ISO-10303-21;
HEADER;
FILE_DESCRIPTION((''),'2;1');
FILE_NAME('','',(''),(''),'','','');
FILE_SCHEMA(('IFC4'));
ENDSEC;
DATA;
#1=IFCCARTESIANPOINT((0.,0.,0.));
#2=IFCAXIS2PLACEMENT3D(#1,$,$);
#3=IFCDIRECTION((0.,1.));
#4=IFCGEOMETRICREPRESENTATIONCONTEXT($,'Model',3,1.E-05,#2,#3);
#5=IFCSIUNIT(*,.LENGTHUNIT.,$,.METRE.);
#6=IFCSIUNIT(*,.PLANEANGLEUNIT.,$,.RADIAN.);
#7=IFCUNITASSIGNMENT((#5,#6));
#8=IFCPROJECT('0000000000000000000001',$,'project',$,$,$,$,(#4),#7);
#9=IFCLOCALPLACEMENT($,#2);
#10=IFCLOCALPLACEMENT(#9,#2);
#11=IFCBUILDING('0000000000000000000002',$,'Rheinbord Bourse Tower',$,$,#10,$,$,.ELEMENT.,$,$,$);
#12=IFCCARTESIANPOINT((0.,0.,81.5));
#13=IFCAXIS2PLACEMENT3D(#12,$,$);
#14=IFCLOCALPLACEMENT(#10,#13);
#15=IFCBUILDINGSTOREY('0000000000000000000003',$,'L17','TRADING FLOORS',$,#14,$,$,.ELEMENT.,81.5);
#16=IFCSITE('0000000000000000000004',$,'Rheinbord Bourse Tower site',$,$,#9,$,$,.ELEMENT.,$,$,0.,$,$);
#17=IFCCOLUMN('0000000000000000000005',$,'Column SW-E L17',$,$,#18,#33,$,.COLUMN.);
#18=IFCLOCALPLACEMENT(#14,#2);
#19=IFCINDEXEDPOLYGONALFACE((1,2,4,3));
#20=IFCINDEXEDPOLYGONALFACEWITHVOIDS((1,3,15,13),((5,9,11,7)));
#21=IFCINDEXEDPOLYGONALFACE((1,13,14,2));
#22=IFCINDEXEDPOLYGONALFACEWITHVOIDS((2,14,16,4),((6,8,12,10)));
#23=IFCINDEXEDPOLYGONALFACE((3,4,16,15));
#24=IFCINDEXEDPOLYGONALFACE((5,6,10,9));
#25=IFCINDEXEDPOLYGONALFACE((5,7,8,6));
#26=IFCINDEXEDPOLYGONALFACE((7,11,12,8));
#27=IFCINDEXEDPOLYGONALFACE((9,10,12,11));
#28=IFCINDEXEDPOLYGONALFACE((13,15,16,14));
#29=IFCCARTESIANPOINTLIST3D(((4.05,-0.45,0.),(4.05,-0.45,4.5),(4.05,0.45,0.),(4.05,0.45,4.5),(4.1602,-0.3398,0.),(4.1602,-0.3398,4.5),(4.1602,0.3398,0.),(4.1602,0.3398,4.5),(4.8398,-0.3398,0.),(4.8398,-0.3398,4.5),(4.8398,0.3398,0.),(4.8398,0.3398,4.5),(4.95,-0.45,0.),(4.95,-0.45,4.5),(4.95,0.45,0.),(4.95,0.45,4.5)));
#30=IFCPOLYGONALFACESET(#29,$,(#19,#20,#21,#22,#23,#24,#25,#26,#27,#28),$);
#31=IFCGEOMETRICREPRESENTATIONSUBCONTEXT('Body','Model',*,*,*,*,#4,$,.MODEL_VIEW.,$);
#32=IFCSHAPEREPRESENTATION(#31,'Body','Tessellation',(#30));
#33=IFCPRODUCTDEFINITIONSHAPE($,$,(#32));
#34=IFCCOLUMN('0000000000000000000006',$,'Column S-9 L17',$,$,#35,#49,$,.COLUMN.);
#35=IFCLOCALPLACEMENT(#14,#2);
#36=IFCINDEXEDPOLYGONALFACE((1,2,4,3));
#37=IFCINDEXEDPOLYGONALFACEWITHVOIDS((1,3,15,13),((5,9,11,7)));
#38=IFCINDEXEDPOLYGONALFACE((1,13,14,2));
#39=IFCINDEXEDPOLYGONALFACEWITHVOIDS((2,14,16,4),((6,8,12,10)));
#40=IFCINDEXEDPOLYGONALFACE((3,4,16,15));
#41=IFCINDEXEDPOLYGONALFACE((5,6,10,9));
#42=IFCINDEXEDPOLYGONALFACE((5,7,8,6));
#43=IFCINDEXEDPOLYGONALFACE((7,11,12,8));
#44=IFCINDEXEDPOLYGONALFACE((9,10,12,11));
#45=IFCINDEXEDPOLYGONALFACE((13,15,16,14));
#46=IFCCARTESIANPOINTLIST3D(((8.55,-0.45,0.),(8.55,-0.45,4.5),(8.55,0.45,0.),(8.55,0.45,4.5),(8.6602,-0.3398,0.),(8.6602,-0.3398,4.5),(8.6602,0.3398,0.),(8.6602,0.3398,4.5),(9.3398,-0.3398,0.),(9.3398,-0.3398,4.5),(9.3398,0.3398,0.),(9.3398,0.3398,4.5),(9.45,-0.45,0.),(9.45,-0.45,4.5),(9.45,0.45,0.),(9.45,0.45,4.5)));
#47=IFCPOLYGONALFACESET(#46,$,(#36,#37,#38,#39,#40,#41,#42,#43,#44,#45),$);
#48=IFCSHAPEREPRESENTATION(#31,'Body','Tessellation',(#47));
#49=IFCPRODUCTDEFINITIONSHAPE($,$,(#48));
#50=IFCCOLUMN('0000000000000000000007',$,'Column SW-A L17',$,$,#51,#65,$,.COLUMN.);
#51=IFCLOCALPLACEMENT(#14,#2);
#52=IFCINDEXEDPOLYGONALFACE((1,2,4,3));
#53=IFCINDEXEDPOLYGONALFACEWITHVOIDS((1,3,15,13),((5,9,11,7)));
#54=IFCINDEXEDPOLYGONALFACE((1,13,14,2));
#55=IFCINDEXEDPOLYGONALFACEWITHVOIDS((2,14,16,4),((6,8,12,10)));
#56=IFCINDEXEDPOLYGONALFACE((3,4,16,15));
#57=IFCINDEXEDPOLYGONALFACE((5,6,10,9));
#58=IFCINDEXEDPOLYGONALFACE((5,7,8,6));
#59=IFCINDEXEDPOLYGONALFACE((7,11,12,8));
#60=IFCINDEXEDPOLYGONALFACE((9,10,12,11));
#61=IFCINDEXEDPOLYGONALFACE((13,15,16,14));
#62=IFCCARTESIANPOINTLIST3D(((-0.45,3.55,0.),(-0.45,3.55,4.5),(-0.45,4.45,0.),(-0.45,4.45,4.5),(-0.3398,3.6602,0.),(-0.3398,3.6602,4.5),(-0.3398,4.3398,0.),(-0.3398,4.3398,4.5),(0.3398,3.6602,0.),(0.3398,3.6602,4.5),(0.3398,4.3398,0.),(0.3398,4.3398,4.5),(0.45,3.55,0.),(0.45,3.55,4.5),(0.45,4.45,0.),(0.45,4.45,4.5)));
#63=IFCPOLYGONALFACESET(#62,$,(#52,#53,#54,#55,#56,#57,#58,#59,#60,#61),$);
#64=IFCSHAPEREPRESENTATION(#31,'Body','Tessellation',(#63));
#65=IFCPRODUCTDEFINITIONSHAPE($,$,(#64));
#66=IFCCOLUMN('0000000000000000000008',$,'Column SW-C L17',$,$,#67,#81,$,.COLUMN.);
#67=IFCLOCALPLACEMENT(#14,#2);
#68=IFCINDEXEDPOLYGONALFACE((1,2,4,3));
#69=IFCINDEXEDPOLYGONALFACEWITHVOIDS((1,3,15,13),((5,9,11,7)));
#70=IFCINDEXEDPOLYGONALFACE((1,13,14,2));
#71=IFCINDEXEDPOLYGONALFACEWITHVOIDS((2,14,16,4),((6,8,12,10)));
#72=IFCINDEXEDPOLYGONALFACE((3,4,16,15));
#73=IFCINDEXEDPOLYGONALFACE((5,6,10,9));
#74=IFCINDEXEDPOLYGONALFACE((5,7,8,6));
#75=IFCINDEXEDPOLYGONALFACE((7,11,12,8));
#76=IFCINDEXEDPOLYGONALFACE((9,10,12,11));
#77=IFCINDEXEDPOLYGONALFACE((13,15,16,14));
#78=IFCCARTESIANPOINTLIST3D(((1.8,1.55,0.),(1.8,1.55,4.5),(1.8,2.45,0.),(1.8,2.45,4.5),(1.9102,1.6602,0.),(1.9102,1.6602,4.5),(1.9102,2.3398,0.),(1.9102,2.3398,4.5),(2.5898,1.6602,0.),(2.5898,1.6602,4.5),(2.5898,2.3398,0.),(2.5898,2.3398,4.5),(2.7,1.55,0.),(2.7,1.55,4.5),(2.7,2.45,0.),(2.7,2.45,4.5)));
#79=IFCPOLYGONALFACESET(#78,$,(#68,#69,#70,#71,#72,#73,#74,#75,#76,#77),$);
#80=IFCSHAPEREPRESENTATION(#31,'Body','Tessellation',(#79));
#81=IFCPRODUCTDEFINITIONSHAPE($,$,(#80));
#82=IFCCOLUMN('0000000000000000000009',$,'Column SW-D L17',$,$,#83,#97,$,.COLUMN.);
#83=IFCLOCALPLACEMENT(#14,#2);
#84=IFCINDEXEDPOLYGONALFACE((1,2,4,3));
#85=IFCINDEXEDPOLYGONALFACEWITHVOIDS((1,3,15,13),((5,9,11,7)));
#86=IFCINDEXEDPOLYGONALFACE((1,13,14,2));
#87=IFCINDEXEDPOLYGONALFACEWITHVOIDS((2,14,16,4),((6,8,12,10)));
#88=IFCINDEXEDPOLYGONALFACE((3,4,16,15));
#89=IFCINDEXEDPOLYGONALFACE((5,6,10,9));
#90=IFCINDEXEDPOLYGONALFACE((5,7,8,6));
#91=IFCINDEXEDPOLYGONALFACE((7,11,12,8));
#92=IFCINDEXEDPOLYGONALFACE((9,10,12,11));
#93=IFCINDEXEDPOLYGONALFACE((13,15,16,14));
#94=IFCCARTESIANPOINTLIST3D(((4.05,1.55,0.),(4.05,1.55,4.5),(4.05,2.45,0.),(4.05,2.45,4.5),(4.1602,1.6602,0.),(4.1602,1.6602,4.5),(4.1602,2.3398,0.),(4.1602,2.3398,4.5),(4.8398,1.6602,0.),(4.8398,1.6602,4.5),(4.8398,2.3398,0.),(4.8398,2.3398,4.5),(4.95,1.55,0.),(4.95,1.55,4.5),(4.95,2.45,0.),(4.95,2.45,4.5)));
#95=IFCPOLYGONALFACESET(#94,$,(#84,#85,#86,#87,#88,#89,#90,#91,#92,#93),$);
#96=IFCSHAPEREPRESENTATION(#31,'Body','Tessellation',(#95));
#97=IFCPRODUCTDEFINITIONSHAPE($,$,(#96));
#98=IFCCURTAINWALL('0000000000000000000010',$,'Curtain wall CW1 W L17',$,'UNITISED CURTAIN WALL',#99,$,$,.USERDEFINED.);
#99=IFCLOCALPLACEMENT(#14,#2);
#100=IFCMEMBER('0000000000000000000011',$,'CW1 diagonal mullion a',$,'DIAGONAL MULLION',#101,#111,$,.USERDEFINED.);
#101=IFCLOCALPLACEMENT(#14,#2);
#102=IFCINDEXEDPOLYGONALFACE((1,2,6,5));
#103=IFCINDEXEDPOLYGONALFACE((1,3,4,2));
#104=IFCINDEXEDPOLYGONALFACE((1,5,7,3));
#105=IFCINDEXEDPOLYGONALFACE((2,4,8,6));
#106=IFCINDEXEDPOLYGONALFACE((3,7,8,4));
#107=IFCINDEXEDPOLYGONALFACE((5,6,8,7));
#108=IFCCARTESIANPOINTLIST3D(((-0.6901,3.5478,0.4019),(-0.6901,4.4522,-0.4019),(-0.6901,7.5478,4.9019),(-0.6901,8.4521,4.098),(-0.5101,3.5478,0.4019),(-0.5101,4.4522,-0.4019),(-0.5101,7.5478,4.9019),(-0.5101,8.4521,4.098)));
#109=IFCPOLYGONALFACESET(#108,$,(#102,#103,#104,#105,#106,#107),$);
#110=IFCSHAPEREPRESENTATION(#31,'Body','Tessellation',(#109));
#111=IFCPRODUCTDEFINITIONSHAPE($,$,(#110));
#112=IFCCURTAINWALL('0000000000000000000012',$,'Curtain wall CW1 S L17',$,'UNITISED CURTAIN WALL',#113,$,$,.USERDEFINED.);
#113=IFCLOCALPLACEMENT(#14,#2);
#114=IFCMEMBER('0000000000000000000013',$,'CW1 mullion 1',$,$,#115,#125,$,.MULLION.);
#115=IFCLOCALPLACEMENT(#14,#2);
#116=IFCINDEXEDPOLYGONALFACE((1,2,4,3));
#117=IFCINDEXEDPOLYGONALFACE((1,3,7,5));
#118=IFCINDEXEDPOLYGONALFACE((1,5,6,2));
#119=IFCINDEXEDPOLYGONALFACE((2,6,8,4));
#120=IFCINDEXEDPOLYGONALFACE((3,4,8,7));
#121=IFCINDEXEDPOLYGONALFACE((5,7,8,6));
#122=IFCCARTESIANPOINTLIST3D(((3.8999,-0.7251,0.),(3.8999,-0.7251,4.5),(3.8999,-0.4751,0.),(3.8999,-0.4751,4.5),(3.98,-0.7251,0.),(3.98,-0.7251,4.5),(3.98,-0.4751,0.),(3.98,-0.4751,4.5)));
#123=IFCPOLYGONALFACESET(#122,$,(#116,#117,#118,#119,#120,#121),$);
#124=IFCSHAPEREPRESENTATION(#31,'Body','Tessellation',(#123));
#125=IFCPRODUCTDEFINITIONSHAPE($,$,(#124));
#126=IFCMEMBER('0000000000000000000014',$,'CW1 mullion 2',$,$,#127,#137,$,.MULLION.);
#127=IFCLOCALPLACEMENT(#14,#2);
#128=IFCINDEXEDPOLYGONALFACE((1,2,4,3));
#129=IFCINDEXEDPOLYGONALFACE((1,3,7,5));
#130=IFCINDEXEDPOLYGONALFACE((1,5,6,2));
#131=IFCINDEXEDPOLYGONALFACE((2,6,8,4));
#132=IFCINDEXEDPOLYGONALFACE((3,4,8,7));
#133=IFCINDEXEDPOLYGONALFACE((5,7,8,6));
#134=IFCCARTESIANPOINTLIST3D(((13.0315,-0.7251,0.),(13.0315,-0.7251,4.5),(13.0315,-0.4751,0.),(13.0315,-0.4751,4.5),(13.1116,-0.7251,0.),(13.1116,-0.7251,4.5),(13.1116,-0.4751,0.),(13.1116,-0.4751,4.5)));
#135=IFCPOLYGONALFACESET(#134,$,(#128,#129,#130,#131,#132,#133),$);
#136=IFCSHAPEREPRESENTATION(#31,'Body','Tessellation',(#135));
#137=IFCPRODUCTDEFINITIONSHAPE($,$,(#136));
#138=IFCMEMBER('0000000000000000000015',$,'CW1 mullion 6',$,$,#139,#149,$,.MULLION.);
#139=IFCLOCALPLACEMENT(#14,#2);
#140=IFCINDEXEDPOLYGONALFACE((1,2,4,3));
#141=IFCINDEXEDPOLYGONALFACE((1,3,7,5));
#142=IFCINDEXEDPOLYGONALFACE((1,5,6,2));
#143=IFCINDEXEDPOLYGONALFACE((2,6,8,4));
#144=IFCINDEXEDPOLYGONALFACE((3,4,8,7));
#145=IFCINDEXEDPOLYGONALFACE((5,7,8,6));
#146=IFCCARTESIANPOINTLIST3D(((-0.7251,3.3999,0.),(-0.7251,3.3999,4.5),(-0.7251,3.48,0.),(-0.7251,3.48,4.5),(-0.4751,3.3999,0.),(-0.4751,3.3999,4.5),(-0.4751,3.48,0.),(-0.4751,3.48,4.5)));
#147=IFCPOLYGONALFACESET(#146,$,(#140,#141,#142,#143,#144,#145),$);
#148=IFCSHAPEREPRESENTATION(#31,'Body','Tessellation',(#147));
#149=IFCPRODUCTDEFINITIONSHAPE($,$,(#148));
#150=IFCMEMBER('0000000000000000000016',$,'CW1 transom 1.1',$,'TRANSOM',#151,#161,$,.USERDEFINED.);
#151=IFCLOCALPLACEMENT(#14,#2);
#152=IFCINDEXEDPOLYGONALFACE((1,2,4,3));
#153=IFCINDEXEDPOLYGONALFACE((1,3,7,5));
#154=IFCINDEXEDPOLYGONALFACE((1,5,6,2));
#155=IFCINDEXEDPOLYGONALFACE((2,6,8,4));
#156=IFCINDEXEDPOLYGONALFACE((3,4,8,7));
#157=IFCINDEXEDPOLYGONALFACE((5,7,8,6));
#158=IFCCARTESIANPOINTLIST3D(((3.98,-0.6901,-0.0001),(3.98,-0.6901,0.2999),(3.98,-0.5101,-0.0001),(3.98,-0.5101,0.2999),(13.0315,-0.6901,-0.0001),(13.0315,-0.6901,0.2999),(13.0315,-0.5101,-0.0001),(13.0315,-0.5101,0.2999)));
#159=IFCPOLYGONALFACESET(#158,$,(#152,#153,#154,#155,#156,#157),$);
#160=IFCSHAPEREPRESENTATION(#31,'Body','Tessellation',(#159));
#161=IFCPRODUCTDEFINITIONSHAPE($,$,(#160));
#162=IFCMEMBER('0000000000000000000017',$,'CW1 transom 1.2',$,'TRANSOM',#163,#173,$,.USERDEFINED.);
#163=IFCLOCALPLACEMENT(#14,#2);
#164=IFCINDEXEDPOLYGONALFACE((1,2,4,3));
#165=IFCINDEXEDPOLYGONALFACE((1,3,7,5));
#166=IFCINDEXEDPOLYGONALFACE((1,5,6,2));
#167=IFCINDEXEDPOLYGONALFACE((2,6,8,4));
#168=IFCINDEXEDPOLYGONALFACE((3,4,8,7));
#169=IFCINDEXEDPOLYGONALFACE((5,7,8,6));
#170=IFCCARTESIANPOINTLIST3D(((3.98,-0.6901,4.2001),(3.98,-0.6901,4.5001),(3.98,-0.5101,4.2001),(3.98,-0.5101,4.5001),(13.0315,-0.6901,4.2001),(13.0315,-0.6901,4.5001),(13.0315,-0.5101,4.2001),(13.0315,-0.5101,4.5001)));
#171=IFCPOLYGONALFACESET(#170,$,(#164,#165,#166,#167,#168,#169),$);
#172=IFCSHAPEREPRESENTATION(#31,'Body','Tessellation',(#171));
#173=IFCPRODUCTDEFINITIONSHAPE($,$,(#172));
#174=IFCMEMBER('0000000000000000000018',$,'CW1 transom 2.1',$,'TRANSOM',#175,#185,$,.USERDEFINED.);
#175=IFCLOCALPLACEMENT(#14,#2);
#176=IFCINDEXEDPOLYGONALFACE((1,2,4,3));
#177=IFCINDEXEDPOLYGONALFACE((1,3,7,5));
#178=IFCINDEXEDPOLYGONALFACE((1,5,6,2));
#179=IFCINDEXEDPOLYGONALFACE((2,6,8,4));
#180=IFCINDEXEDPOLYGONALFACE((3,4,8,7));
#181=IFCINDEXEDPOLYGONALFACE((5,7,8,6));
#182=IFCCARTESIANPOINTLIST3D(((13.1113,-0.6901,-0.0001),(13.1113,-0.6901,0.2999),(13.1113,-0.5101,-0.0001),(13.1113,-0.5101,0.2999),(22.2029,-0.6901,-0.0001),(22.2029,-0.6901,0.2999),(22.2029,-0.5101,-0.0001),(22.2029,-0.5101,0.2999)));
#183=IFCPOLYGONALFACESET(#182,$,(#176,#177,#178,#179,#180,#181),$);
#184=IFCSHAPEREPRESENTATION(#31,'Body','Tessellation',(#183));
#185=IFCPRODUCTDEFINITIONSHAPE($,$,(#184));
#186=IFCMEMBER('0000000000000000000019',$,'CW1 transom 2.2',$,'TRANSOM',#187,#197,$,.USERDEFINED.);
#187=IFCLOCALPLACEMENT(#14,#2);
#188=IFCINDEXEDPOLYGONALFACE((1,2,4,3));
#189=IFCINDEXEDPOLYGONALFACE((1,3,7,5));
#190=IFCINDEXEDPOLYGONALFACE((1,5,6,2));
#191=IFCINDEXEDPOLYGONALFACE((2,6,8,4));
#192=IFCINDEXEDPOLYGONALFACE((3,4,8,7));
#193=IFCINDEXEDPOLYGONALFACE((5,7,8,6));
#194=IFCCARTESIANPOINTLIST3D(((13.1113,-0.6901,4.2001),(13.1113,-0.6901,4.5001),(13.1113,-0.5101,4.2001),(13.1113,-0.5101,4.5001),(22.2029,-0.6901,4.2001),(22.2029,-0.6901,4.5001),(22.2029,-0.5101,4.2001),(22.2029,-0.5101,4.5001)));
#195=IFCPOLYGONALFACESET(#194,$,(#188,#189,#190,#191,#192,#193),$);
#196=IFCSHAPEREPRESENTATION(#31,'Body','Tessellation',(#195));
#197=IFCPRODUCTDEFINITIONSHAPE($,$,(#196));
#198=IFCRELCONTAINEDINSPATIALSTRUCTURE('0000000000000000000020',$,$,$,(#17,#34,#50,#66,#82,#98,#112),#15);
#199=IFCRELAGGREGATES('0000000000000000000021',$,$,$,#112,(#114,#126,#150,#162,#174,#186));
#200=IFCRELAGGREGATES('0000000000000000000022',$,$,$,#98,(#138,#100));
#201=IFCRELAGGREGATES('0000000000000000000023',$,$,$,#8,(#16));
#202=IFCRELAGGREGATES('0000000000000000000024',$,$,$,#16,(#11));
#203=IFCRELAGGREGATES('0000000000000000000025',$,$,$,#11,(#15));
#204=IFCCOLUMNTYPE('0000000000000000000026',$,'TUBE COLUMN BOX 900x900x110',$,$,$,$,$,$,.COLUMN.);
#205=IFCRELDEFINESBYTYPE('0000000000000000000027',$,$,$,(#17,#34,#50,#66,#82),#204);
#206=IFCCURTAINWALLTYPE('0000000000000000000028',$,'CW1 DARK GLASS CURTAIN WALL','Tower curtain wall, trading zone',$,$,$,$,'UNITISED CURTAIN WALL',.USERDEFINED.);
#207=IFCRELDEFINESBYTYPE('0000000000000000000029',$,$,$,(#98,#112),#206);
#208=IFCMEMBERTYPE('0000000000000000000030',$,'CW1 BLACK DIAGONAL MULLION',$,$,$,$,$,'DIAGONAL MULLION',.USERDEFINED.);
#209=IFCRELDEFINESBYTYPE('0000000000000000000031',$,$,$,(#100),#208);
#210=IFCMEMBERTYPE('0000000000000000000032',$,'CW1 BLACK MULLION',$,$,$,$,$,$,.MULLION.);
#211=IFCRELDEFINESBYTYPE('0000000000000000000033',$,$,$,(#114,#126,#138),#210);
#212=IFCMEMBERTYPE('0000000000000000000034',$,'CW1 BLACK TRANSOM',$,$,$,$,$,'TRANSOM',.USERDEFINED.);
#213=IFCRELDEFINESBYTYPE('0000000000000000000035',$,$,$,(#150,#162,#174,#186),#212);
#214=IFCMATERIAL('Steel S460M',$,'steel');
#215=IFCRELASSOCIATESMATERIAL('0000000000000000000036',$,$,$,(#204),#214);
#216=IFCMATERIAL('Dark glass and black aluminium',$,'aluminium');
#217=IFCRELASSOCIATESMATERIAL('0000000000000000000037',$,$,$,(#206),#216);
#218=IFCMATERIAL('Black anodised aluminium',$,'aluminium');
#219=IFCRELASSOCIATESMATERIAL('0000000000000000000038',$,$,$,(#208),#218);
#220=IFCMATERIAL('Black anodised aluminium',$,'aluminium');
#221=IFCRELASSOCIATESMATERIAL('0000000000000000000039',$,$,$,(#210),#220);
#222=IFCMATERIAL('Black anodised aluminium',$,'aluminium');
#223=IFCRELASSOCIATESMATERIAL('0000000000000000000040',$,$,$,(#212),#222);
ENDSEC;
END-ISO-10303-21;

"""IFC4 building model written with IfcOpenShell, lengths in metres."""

from ifc_helpers import new_model, si_unit, direction, frame, origin, origin_2d, place, context, subcontext, project, spatial, rectangle, hollow_rectangle, extrude, material, material_profile, profile_set, type_object, element, aggregate, save


model = new_model("IFC4")

# Units and contexts
model_context = context("Model", 3, precision=1e-05, world=origin(), true_north=direction((0.0, 1.0)))
body_context = subcontext(model_context, "Body", "Model", "MODEL_VIEW")
ifc_project = project(units=[si_unit("LENGTHUNIT", "METRE"), si_unit("PLANEANGLEUNIT", "RADIAN")], contexts=[model_context])

# Site, building, storey
site_placement = place(None, origin())
site = spatial("IfcSite", under=ifc_project, at=site_placement, Name="Rheinbord Bourse Tower site", CompositionType="ELEMENT", RefElevation=0.0)
building_placement = place(site_placement, origin())
building = spatial("IfcBuilding", under=site, at=building_placement, Name="Rheinbord Bourse Tower", CompositionType="ELEMENT")
storey_placement = place(building_placement, frame((0.0, 0.0, 81.5)))
storey = spatial("IfcBuildingStorey", under=building, at=storey_placement, Name="L17", Description="TRADING FLOORS", CompositionType="ELEMENT", Elevation=81.5)

# Columns
ifc_material_1 = material(Name="Steel S460M", Category="steel")
ifc_material_profile_1 = material_profile(ifc_material_1, hollow_rectangle(XDim=0.8999, YDim=0.8999, WallThickness=0.1101, at=origin_2d()), Name="BOX 900x900x110")
ifc_profile_set_1 = profile_set([ifc_material_profile_1], Name="Steel S460M")
column_type = type_object("IfcColumnType", Name="TUBE COLUMN BOX 900x900x110", PredefinedType="COLUMN", material=ifc_profile_set_1)
for number, where, z_axis, x_axis, name in (
    (1, (4.5, 0.0, 0.0), (0.0, 0.0, 1.0), (0.0, 1.0, 0.0), "Column SW-E L17"),
    (2, (9.0, 0.0, 0.0), (0.0, 0.0, 1.0), (0.0, 1.0, 0.0), "Column S-9 L17"),
    (3, (0.0, 4.0, 0.0), (0.0, 0.0, 1.0), (1.0, 0.0, 0.0), "Column SW-A L17"),
    (4, (2.25, 2.0, 0.0), (0.0, 0.0, 1.0), (1.0, 0.0, 0.0), "Column SW-C L17"),
    (5, (4.5, 2.0, 0.0), (0.0, 0.0, 1.0), (0.0, 1.0, 0.0), "Column SW-D L17"),
):
    element("IfcColumn", number, at=place(storey_placement, frame(where, z_axis=z_axis, x_axis=x_axis)), inside=storey, type_object=column_type, Name=name, PredefinedType="COLUMN", context=body_context, shape_type="SweptSolid", body=[
        extrude(hollow_rectangle(XDim=0.8999, YDim=0.8999, WallThickness=0.1101, at=origin_2d()), origin(), (0.0, 0.0, 1.0), 4.5),
    ])

# Curtain wall, member
ifc_material_2 = material(Name="Dark glass and black aluminium", Category="aluminium")
curtain_wall_type = type_object("IfcCurtainWallType", Name="CW1 DARK GLASS CURTAIN WALL", Description="Tower curtain wall, trading zone", ElementType="UNITISED CURTAIN WALL", PredefinedType="USERDEFINED", material=ifc_material_2)
curtain_wall_1_placement = place(storey_placement, origin())
curtain_wall_1 = element("IfcCurtainWall", 6, at=curtain_wall_1_placement, inside=storey, type_object=curtain_wall_type, Name="Curtain wall CW1 W L17", ObjectType="UNITISED CURTAIN WALL", PredefinedType="USERDEFINED")
ifc_material_3 = material(Name="Black anodised aluminium", Category="aluminium")
ifc_material_profile_2 = material_profile(ifc_material_3, rectangle(XDim=0.1799, YDim=1.21, at=origin_2d()), Name="CW1 DIAGONAL MULLION 1210x180")
ifc_profile_set_2 = profile_set([ifc_material_profile_2], Name="Black anodised aluminium")
member_type_1 = type_object("IfcMemberType", Name="CW1 BLACK DIAGONAL MULLION", ElementType="DIAGONAL MULLION", PredefinedType="USERDEFINED", material=ifc_profile_set_2)
member_1_placement = place(storey_placement, frame((-0.6001, 4.0, 0.0), z_axis=(0.0, 0.664364, 0.747409), x_axis=(-1.0, 0.0, 0.0)))
member_1 = element("IfcMember", 7, at=member_1_placement, type_object=member_type_1, Name="CW1 diagonal mullion a", ObjectType="DIAGONAL MULLION", PredefinedType="USERDEFINED", context=body_context, shape_type="SweptSolid", body=[
    extrude(rectangle(XDim=0.1799, YDim=1.21, at=origin_2d()), origin(), (0.0, 0.0, 1.0), 6.0208),
])

# Curtain wall, members
curtain_wall_2_placement = place(storey_placement, origin())
curtain_wall_2 = element("IfcCurtainWall", 8, at=curtain_wall_2_placement, inside=storey, type_object=curtain_wall_type, Name="Curtain wall CW1 S L17", ObjectType="UNITISED CURTAIN WALL", PredefinedType="USERDEFINED")
ifc_material_4 = material(Name="Black anodised aluminium", Category="aluminium")
ifc_material_profile_3 = material_profile(ifc_material_4, rectangle(XDim=0.25, YDim=0.0801, at=origin_2d()), Name="CW1 MULLION 80x250")
ifc_profile_set_3 = profile_set([ifc_material_profile_3], Name="Black anodised aluminium")
member_type_2 = type_object("IfcMemberType", Name="CW1 BLACK MULLION", PredefinedType="MULLION", material=ifc_profile_set_3)
member_2_placement = place(storey_placement, frame((3.9399, -0.6001, 0.0), z_axis=(0.0, 0.0, 1.0), x_axis=(0.0, 1.0, 0.0)))
member_2 = element("IfcMember", 9, at=member_2_placement, type_object=member_type_2, Name="CW1 mullion 1", PredefinedType="MULLION", context=body_context, shape_type="SweptSolid", body=[
    extrude(rectangle(XDim=0.25, YDim=0.0801, at=origin_2d()), origin(), (0.0, 0.0, 1.0), 4.5),
])
member_3_placement = place(storey_placement, frame((13.0715, -0.6001, 0.0), z_axis=(0.0, 0.0, 1.0), x_axis=(0.0, 1.0, 0.0)))
member_3 = element("IfcMember", 10, at=member_3_placement, type_object=member_type_2, Name="CW1 mullion 2", PredefinedType="MULLION", context=body_context, shape_type="SweptSolid", body=[
    extrude(rectangle(XDim=0.25, YDim=0.0801, at=origin_2d()), origin(), (0.0, 0.0, 1.0), 4.5),
])

# Members
member_4_placement = place(storey_placement, frame((-0.6001, 3.4399, 0.0), z_axis=(0.0, 0.0, 1.0), x_axis=(1.0, 0.0, 0.0)))
member_4 = element("IfcMember", 11, at=member_4_placement, type_object=member_type_2, Name="CW1 mullion 6", PredefinedType="MULLION", context=body_context, shape_type="SweptSolid", body=[
    extrude(rectangle(XDim=0.25, YDim=0.0801, at=origin_2d()), origin(), (0.0, 0.0, 1.0), 4.5),
])
ifc_material_5 = material(Name="Black anodised aluminium", Category="aluminium")
ifc_material_profile_4 = material_profile(ifc_material_5, rectangle(XDim=0.1799, YDim=0.3, at=origin_2d()), Name="CW1 TRANSOM 300x180")
ifc_profile_set_4 = profile_set([ifc_material_profile_4], Name="Black anodised aluminium")
member_type_3 = type_object("IfcMemberType", Name="CW1 BLACK TRANSOM", ElementType="TRANSOM", PredefinedType="USERDEFINED", material=ifc_profile_set_4)
member_5_placement = place(storey_placement, frame((3.98, -0.6001, 0.1499), z_axis=(1.0, 0.0, 0.0), x_axis=(0.0, 1.0, 0.0)))
member_5 = element("IfcMember", 12, at=member_5_placement, type_object=member_type_3, Name="CW1 transom 1.1", ObjectType="TRANSOM", PredefinedType="USERDEFINED", context=body_context, shape_type="SweptSolid", body=[
    extrude(rectangle(XDim=0.1799, YDim=0.3, at=origin_2d()), origin(), (0.0, 0.0, 1.0), 9.0515),
])
member_6_placement = place(storey_placement, frame((3.98, -0.6001, 4.3501), z_axis=(1.0, 0.0, 0.0), x_axis=(0.0, 1.0, 0.0)))
member_6 = element("IfcMember", 13, at=member_6_placement, type_object=member_type_3, Name="CW1 transom 1.2", ObjectType="TRANSOM", PredefinedType="USERDEFINED", context=body_context, shape_type="SweptSolid", body=[
    extrude(rectangle(XDim=0.1799, YDim=0.3, at=origin_2d()), origin(), (0.0, 0.0, 1.0), 9.0515),
])
member_7_placement = place(storey_placement, frame((13.1113, -0.6001, 0.1499), z_axis=(1.0, 0.0, 0.0), x_axis=(0.0, 1.0, 0.0)))
member_7 = element("IfcMember", 14, at=member_7_placement, type_object=member_type_3, Name="CW1 transom 2.1", ObjectType="TRANSOM", PredefinedType="USERDEFINED", context=body_context, shape_type="SweptSolid", body=[
    extrude(rectangle(XDim=0.1799, YDim=0.3, at=origin_2d()), origin(), (0.0, 0.0, 1.0), 9.0916),
])
member_8_placement = place(storey_placement, frame((13.1113, -0.6001, 4.3501), z_axis=(1.0, 0.0, 0.0), x_axis=(0.0, 1.0, 0.0)))
member_8 = element("IfcMember", 15, at=member_8_placement, type_object=member_type_3, Name="CW1 transom 2.2", ObjectType="TRANSOM", PredefinedType="USERDEFINED", context=body_context, shape_type="SweptSolid", body=[
    extrude(rectangle(XDim=0.1799, YDim=0.3, at=origin_2d()), origin(), (0.0, 0.0, 1.0), 9.0916),
])

aggregate(curtain_wall_2, [member_2, member_3, member_5, member_6, member_7, member_8])
aggregate(curtain_wall_1, [member_4, member_1])

save(model, "model.ifc")
